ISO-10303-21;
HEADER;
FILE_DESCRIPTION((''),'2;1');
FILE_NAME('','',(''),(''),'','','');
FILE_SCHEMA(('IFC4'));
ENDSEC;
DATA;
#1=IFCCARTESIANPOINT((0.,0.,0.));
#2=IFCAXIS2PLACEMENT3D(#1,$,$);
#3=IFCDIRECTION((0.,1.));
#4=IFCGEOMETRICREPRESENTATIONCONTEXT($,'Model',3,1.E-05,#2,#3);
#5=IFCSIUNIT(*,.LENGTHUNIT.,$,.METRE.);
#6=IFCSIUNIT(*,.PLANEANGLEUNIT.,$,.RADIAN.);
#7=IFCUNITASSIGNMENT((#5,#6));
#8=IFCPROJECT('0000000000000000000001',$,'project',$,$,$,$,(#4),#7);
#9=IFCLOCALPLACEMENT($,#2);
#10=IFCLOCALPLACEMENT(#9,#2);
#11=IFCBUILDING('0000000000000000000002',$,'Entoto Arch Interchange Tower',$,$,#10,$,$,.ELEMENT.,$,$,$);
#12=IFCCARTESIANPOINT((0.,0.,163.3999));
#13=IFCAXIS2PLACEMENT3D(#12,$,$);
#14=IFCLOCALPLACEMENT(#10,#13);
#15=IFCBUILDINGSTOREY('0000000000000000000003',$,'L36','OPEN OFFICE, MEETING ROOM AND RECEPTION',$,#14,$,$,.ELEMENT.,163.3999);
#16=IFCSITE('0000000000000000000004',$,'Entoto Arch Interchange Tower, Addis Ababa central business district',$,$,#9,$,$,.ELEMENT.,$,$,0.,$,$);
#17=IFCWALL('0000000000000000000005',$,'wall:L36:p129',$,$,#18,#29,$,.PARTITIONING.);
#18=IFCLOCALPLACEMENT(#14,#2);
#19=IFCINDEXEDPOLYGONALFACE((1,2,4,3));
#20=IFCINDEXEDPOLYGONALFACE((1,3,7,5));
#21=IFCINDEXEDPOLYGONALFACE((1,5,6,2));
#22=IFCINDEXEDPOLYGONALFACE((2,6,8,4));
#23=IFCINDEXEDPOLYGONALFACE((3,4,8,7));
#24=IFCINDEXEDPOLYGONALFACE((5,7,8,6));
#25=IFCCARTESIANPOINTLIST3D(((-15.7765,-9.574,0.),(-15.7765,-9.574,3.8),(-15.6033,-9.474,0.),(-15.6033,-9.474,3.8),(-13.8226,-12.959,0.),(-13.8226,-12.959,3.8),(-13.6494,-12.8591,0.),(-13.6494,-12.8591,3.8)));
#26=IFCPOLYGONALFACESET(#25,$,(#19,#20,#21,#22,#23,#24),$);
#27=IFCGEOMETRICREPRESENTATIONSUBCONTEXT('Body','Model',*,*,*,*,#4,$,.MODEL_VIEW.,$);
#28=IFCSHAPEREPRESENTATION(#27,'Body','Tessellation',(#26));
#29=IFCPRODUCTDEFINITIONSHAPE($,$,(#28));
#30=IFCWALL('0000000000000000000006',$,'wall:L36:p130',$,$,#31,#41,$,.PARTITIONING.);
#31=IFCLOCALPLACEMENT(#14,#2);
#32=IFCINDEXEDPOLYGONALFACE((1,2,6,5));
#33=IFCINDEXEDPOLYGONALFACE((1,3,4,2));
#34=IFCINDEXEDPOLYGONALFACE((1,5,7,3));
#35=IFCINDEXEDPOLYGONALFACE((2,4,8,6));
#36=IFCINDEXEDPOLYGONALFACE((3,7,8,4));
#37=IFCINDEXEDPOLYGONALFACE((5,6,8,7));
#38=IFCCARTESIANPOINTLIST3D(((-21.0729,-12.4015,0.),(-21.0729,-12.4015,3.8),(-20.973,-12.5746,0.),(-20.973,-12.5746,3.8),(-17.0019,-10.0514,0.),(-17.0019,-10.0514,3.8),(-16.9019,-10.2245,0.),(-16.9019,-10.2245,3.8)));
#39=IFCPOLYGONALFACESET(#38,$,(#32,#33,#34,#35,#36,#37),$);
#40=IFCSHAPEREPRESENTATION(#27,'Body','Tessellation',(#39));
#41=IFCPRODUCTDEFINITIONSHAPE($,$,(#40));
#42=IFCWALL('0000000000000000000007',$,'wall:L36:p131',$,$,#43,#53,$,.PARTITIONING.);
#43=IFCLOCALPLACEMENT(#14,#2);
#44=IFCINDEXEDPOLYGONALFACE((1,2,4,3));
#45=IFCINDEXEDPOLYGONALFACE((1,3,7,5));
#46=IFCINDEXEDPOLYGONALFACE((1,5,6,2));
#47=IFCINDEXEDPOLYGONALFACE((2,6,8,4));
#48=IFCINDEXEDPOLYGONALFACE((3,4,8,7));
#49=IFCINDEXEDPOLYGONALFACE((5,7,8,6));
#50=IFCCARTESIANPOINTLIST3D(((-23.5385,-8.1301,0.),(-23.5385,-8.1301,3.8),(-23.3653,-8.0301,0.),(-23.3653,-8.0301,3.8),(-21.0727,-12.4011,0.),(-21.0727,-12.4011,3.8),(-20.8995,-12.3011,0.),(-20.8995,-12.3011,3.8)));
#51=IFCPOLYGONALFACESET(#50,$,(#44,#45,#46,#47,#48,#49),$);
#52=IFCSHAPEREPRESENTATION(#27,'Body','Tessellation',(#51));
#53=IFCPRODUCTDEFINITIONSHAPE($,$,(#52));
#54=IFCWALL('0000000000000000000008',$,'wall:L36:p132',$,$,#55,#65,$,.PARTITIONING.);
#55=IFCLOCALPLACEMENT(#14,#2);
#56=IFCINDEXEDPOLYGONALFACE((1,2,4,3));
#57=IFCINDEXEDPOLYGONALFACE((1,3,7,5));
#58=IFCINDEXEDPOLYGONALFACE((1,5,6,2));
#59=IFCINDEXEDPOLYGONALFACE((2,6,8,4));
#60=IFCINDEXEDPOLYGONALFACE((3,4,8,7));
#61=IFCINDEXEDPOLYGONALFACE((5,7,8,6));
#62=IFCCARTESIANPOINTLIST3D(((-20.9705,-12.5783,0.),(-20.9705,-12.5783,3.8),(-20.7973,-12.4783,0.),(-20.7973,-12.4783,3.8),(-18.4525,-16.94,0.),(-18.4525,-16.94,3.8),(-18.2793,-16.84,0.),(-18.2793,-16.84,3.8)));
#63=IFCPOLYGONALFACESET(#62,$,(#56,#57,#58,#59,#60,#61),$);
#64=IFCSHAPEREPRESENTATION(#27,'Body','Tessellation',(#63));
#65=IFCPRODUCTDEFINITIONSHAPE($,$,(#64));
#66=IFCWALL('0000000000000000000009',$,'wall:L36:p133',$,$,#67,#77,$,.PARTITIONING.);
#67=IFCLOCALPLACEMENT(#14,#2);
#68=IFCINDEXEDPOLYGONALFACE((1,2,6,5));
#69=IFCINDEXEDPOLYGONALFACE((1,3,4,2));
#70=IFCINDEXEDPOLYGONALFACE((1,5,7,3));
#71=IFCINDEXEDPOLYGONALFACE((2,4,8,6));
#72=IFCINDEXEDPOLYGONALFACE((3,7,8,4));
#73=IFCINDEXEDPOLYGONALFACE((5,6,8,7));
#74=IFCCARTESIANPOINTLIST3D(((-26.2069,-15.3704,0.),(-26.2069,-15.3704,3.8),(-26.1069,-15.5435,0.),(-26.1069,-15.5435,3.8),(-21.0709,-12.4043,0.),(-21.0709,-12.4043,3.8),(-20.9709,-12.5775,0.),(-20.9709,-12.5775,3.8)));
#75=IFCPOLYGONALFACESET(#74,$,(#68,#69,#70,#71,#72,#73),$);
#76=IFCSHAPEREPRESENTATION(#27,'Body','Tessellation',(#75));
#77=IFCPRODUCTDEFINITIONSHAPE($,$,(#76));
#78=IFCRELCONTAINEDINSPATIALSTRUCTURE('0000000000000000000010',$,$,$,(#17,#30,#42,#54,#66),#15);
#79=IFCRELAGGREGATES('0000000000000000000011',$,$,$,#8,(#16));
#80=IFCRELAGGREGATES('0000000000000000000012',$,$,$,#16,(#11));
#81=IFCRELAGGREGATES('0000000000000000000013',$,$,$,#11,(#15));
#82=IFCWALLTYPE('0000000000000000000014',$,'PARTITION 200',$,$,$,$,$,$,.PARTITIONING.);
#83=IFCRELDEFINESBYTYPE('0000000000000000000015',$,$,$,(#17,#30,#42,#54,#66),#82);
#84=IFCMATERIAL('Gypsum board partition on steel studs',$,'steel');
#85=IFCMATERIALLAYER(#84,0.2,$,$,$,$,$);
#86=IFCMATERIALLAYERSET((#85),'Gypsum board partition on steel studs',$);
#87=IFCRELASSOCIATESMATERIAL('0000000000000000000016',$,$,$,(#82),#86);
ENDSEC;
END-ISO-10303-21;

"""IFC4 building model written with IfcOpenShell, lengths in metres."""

from ifc_helpers import new_model, si_unit, direction, frame, frame_2d, origin, place, context, subcontext, project, spatial, rectangle, extrude, material, layer, layer_set, type_object, element, save


model = new_model("IFC4")

# Units and contexts
model_context = context("Model", 3, precision=1e-05, world=origin(), true_north=direction((0.0, 1.0)))
body_context = subcontext(model_context, "Body", "Model", "MODEL_VIEW")
ifc_project = project(units=[si_unit("LENGTHUNIT", "METRE"), si_unit("PLANEANGLEUNIT", "RADIAN")], contexts=[model_context])

# Site, building, storey
site_placement = place(None, origin())
site = spatial("IfcSite", under=ifc_project, at=site_placement, Name="Entoto Arch Interchange Tower, Addis Ababa central business district", CompositionType="ELEMENT", RefElevation=0.0)
building_placement = place(site_placement, origin())
building = spatial("IfcBuilding", under=site, at=building_placement, Name="Entoto Arch Interchange Tower", CompositionType="ELEMENT")
storey_placement = place(building_placement, frame((0.0, 0.0, 163.3999)))
storey = spatial("IfcBuildingStorey", under=building, at=storey_placement, Name="L36", Description="OPEN OFFICE, MEETING ROOM AND RECEPTION", CompositionType="ELEMENT", Elevation=163.3999)

# Shared definitions
ifc_material_1 = material(Name="Gypsum board partition on steel studs", Category="steel")
ifc_layer = layer(ifc_material_1, 0.2)
ifc_layer_set = layer_set([ifc_layer], Name="Gypsum board partition on steel studs")
wall_type = type_object("IfcWallType", Name="PARTITION 200", PredefinedType="PARTITIONING", material=ifc_layer_set)

# Walls
wall_1_placement = place(storey_placement, frame((-13.7361, -12.9089, 0.0), z_axis=(0.0, 0.0, 1.0), x_axis=(-0.499908, 0.866078, 0.0)))
element("IfcWall", 1, at=wall_1_placement, inside=storey, type_object=wall_type, Name="wall:L36:p129", PredefinedType="PARTITIONING", context=body_context, shape_type="SweptSolid", body=[
    extrude(rectangle(XDim=3.9084, YDim=0.2, at=frame_2d((1.9541, 0.0))), origin(), (0.0, 0.0, 1.0), 3.8),
])
wall_2_placement = place(storey_placement, frame((-16.9519, -10.1379, 0.0), z_axis=(0.0, 0.0, 1.0), x_axis=(-0.866055, -0.499949, 0.0)))
element("IfcWall", 2, at=wall_2_placement, inside=storey, type_object=wall_type, Name="wall:L36:p130", PredefinedType="PARTITIONING", context=body_context, shape_type="SweptSolid", body=[
    extrude(rectangle(XDim=4.7007, YDim=0.2, at=frame_2d((2.3503, 0.0))), origin(), (0.0, 0.0, 1.0), 3.8),
])
wall_3_placement = place(storey_placement, frame((-20.9861, -12.3511, 0.0), z_axis=(0.0, 0.0, 1.0), x_axis=(-0.499994, 0.866029, 0.0)))
element("IfcWall", 3, at=wall_3_placement, inside=storey, type_object=wall_type, Name="wall:L36:p131", PredefinedType="PARTITIONING", context=body_context, shape_type="SweptSolid", body=[
    extrude(rectangle(XDim=4.9316, YDim=0.2, at=frame_2d((2.4658, 0.0))), origin(), (0.0, 0.0, 1.0), 3.8),
])
wall_4_placement = place(storey_placement, frame((-18.366, -16.8899, 0.0), z_axis=(0.0, 0.0, 1.0), x_axis=(-0.499966, 0.866045, 0.0)))
element("IfcWall", 4, at=wall_4_placement, inside=storey, type_object=wall_type, Name="wall:L36:p132", PredefinedType="PARTITIONING", context=body_context, shape_type="SweptSolid", body=[
    extrude(rectangle(XDim=5.0364, YDim=0.2, at=frame_2d((2.5181, 0.0))), origin(), (0.0, 0.0, 1.0), 3.8),
])
wall_5_placement = place(storey_placement, frame((-21.021, -12.491, 0.0), z_axis=(0.0, 0.0, 1.0), x_axis=(-0.865967, -0.500101, 0.0)))
element("IfcWall", 5, at=wall_5_placement, inside=storey, type_object=wall_type, Name="wall:L36:p133", PredefinedType="PARTITIONING", context=body_context, shape_type="SweptSolid", body=[
    extrude(rectangle(XDim=5.9309, YDim=0.2, at=frame_2d((2.9653, 0.0))), origin(), (0.0, 0.0, 1.0), 3.8),
])

save(model, "model.ifc")
